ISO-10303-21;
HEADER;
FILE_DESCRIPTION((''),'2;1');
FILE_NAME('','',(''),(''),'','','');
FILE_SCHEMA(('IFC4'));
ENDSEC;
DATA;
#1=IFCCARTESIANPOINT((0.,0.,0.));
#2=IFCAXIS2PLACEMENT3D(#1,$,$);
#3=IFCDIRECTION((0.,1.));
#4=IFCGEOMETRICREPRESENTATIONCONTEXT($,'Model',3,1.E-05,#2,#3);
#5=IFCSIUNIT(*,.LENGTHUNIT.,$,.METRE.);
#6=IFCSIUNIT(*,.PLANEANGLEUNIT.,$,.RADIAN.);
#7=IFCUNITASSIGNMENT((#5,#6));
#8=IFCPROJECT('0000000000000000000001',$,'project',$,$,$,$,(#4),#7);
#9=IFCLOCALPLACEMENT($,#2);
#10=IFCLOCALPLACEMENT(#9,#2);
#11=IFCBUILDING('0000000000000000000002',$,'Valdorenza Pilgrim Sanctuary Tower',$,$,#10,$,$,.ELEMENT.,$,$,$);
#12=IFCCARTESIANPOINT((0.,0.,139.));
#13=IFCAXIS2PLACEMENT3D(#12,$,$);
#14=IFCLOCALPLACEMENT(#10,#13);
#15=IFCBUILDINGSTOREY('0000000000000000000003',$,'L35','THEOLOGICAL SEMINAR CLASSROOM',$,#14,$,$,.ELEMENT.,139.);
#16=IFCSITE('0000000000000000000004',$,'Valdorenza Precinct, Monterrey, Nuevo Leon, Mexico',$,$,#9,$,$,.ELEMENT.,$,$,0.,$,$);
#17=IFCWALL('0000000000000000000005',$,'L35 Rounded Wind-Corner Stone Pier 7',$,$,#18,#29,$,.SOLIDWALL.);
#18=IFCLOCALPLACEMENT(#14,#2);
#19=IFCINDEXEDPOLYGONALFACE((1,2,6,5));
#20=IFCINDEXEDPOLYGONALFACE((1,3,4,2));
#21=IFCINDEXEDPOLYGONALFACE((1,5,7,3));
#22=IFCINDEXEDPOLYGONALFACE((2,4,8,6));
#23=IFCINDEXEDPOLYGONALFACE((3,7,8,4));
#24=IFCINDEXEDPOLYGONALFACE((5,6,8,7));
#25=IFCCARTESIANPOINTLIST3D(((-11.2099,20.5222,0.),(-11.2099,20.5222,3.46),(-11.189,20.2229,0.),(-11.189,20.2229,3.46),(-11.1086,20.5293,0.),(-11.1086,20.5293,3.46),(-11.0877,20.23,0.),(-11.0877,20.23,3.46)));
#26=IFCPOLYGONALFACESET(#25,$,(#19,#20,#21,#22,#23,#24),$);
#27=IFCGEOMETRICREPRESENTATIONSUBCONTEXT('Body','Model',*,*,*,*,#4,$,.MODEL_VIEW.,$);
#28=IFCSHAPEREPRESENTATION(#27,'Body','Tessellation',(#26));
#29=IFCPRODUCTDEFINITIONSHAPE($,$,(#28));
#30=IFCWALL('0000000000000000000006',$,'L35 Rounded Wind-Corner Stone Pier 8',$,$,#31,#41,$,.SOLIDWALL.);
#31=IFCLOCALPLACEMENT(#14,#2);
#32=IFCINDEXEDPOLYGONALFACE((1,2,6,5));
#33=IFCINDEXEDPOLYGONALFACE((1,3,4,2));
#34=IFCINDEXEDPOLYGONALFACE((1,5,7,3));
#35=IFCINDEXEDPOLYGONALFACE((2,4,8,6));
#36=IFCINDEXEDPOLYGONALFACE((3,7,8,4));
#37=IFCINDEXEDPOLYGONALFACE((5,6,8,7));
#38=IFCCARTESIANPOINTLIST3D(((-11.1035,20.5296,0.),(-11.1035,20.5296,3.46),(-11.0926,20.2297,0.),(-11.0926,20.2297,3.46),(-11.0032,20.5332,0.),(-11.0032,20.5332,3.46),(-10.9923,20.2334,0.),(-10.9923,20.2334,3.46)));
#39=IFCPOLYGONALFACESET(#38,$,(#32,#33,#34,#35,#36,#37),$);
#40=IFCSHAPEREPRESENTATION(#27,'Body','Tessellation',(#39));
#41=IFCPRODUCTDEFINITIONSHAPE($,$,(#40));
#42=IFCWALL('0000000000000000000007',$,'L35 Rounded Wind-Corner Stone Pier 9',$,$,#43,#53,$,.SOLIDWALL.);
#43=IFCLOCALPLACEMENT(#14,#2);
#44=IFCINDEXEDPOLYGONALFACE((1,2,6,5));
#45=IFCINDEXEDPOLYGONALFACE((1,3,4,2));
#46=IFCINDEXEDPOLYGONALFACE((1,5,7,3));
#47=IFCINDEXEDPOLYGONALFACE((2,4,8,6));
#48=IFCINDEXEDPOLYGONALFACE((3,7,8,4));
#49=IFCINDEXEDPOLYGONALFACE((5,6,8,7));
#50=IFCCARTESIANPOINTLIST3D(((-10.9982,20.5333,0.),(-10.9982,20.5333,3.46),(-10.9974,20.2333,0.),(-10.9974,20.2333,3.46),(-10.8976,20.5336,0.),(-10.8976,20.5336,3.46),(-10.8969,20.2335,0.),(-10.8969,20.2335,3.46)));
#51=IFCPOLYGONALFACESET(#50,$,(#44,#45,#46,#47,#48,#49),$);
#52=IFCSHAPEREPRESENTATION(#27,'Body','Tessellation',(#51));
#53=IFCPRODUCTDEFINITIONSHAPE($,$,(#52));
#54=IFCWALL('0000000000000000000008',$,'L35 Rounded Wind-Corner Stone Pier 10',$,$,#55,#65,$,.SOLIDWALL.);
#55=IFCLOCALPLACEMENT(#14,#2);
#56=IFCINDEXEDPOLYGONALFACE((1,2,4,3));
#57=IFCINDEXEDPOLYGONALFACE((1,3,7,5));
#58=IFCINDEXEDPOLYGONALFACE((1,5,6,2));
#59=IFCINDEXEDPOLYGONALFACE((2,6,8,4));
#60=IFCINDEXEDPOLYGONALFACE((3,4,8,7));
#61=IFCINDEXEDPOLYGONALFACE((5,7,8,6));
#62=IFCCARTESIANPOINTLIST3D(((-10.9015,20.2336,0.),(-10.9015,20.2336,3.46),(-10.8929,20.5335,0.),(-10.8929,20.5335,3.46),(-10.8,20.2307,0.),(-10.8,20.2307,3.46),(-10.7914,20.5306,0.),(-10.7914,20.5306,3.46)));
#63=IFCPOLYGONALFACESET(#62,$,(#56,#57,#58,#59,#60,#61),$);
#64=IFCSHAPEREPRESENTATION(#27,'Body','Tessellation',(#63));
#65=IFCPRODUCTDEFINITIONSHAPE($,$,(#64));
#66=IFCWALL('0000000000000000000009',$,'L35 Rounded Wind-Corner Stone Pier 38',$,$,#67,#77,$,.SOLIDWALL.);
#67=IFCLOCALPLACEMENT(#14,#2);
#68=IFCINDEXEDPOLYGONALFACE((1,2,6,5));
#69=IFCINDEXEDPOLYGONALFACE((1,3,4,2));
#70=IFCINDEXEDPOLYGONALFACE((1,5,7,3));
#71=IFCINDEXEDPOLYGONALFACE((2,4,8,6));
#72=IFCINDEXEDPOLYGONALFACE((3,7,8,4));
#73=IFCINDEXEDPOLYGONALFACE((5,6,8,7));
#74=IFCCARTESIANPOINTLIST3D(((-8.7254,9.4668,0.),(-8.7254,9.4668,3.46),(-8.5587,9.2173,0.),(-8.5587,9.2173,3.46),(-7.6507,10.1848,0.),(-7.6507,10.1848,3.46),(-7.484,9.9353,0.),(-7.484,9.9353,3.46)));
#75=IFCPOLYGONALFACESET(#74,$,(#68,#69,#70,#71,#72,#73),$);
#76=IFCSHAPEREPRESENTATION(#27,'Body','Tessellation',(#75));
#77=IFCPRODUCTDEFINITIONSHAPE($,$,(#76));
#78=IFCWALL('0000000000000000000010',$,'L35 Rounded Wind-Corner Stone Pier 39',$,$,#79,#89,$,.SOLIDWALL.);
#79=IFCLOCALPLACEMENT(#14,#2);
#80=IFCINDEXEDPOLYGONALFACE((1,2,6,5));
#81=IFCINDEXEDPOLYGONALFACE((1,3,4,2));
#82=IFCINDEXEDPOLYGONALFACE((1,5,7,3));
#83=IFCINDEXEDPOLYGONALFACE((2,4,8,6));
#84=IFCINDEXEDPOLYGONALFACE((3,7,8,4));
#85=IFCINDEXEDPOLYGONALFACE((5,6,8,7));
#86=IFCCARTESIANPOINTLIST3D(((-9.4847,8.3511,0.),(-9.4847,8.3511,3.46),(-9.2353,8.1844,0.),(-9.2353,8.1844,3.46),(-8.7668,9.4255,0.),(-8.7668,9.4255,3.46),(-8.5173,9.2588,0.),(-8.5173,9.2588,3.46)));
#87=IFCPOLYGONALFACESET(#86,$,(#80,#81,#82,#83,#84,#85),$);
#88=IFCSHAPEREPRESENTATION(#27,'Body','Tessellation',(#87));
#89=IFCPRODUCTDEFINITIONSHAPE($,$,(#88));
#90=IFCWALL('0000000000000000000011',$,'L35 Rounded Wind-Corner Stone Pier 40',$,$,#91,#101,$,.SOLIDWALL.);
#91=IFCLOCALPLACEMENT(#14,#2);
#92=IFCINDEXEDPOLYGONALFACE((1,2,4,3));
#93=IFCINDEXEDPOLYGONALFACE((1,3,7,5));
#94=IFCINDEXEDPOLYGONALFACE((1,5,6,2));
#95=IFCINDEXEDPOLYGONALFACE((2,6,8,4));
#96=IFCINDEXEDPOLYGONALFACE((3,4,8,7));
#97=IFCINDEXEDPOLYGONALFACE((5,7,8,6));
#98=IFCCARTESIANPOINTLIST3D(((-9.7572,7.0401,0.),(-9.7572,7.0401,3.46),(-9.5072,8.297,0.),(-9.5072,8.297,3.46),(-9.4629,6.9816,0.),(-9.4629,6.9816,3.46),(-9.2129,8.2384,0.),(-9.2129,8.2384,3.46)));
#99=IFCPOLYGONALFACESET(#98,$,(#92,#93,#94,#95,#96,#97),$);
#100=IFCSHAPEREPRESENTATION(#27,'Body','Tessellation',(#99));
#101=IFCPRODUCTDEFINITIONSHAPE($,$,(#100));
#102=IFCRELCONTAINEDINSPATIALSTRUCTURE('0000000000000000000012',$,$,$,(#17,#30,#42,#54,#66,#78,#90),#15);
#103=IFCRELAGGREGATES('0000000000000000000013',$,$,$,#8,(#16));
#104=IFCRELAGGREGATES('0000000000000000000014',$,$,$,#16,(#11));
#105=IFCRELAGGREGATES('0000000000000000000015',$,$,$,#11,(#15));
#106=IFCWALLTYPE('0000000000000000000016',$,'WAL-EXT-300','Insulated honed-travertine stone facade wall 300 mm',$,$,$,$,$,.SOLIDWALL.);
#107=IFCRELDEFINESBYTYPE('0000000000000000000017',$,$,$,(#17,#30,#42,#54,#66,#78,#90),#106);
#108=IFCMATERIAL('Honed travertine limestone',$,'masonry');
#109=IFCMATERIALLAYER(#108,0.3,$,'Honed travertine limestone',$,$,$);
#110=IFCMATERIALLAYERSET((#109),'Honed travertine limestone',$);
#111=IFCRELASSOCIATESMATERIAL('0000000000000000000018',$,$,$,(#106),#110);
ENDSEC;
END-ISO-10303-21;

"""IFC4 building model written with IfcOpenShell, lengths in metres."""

from ifc_helpers import new_model, si_unit, direction, frame, frame_2d, origin, place, context, subcontext, project, spatial, rectangle, extrude, material, layer, layer_set, type_object, element, save


model = new_model("IFC4")

# Units and contexts
model_context = context("Model", 3, precision=1e-05, world=origin(), true_north=direction((0.0, 1.0)))
body_context = subcontext(model_context, "Body", "Model", "MODEL_VIEW")
ifc_project = project(units=[si_unit("LENGTHUNIT", "METRE"), si_unit("PLANEANGLEUNIT", "RADIAN")], contexts=[model_context])

# Site, building, storey
site_placement = place(None, origin())
site = spatial("IfcSite", under=ifc_project, at=site_placement, Name="Valdorenza Precinct, Monterrey, Nuevo Leon, Mexico", CompositionType="ELEMENT", RefElevation=0.0)
building_placement = place(site_placement, origin())
building = spatial("IfcBuilding", under=site, at=building_placement, Name="Valdorenza Pilgrim Sanctuary Tower", CompositionType="ELEMENT")
storey_placement = place(building_placement, frame((0.0, 0.0, 139.0)))
storey = spatial("IfcBuildingStorey", under=building, at=storey_placement, Name="L35", Description="THEOLOGICAL SEMINAR CLASSROOM", CompositionType="ELEMENT", Elevation=139.0)

# Shared definitions
ifc_material_1 = material(Name="Honed travertine limestone", Category="masonry")

# Walls
ifc_layer_1 = layer(ifc_material_1, 0.3, Name="Honed travertine limestone")
ifc_layer_set_1 = layer_set([ifc_layer_1], Name="Honed travertine limestone")
wall_type = type_object("IfcWallType", Name="WAL-EXT-300", Description="Insulated honed-travertine stone facade wall 300 mm", PredefinedType="SOLIDWALL", material=ifc_layer_set_1)
wall_1_placement = place(storey_placement, frame((-11.1995, 20.3726, 0.0), z_axis=(0.0, 0.0, 1.0), x_axis=(0.997567, 0.06971, 0.0)))
element("IfcWall", 1, at=wall_1_placement, inside=storey, type_object=wall_type, Name="L35 Rounded Wind-Corner Stone Pier 7", PredefinedType="SOLIDWALL", context=body_context, shape_type="SweptSolid", body=[
    extrude(rectangle(XDim=0.1016, YDim=0.3, at=frame_2d((0.0508, 0.0))), origin(), (0.0, 0.0, 1.0), 3.46),
])
wall_2_placement = place(storey_placement, frame((-11.0981, 20.3796, 0.0), z_axis=(0.0, 0.0, 1.0), x_axis=(0.999335, 0.036472, 0.0)))
element("IfcWall", 2, at=wall_2_placement, inside=storey, type_object=wall_type, Name="L35 Rounded Wind-Corner Stone Pier 8", PredefinedType="SOLIDWALL", context=body_context, shape_type="SweptSolid", body=[
    extrude(rectangle(XDim=0.1003, YDim=0.3, at=frame_2d((0.0503, 0.0))), origin(), (0.0, 0.0, 1.0), 3.46),
])
wall_3_placement = place(storey_placement, frame((-10.9978, 20.3833, 0.0), z_axis=(0.0, 0.0, 1.0), x_axis=(0.999997, 0.002427, 0.0)))
element("IfcWall", 3, at=wall_3_placement, inside=storey, type_object=wall_type, Name="L35 Rounded Wind-Corner Stone Pier 9", PredefinedType="SOLIDWALL", context=body_context, shape_type="SweptSolid", body=[
    extrude(rectangle(XDim=0.1006, YDim=0.3, at=frame_2d((0.0503, 0.0))), origin(), (0.0, 0.0, 1.0), 3.46),
])
wall_4_placement = place(storey_placement, frame((-10.8972, 20.3835, 0.0), z_axis=(0.0, 0.0, 1.0), x_axis=(0.999584, -0.028834, 0.0)))
element("IfcWall", 4, at=wall_4_placement, inside=storey, type_object=wall_type, Name="L35 Rounded Wind-Corner Stone Pier 10", PredefinedType="SOLIDWALL", context=body_context, shape_type="SweptSolid", body=[
    extrude(rectangle(XDim=0.1016, YDim=0.3, at=frame_2d((0.0508, 0.0))), origin(), (0.0, 0.0, 1.0), 3.46),
])
wall_5_placement = place(storey_placement, frame((-7.5674, 10.0601, 0.0), z_axis=(0.0, 0.0, 1.0), x_axis=(-0.831498, -0.555528, 0.0)))
element("IfcWall", 5, at=wall_5_placement, inside=storey, type_object=wall_type, Name="L35 Rounded Wind-Corner Stone Pier 38", PredefinedType="SOLIDWALL", context=body_context, shape_type="SweptSolid", body=[
    extrude(rectangle(XDim=1.2925, YDim=0.3, at=frame_2d((0.6462, 0.0))), origin(), (0.0, 0.0, 1.0), 3.46),
])
wall_6_placement = place(storey_placement, frame((-8.6421, 9.342, 0.0), z_axis=(0.0, 0.0, 1.0), x_axis=(-0.555615, -0.831439, 0.0)))
element("IfcWall", 6, at=wall_6_placement, inside=storey, type_object=wall_type, Name="L35 Rounded Wind-Corner Stone Pier 39", PredefinedType="SOLIDWALL", context=body_context, shape_type="SweptSolid", body=[
    extrude(rectangle(XDim=1.2922, YDim=0.3, at=frame_2d((0.646, 0.0))), origin(), (0.0, 0.0, 1.0), 3.46),
])
wall_7_placement = place(storey_placement, frame((-9.3601, 8.2676, 0.0), z_axis=(0.0, 0.0, 1.0), x_axis=(-0.19509, -0.980785, 0.0)))
element("IfcWall", 7, at=wall_7_placement, inside=storey, type_object=wall_type, Name="L35 Rounded Wind-Corner Stone Pier 40", PredefinedType="SOLIDWALL", context=body_context, shape_type="SweptSolid", body=[
    extrude(rectangle(XDim=1.2815, YDim=0.3, at=frame_2d((0.6406, 0.0))), origin(), (0.0, 0.0, 1.0), 3.46),
])

save(model, "model.ifc")
